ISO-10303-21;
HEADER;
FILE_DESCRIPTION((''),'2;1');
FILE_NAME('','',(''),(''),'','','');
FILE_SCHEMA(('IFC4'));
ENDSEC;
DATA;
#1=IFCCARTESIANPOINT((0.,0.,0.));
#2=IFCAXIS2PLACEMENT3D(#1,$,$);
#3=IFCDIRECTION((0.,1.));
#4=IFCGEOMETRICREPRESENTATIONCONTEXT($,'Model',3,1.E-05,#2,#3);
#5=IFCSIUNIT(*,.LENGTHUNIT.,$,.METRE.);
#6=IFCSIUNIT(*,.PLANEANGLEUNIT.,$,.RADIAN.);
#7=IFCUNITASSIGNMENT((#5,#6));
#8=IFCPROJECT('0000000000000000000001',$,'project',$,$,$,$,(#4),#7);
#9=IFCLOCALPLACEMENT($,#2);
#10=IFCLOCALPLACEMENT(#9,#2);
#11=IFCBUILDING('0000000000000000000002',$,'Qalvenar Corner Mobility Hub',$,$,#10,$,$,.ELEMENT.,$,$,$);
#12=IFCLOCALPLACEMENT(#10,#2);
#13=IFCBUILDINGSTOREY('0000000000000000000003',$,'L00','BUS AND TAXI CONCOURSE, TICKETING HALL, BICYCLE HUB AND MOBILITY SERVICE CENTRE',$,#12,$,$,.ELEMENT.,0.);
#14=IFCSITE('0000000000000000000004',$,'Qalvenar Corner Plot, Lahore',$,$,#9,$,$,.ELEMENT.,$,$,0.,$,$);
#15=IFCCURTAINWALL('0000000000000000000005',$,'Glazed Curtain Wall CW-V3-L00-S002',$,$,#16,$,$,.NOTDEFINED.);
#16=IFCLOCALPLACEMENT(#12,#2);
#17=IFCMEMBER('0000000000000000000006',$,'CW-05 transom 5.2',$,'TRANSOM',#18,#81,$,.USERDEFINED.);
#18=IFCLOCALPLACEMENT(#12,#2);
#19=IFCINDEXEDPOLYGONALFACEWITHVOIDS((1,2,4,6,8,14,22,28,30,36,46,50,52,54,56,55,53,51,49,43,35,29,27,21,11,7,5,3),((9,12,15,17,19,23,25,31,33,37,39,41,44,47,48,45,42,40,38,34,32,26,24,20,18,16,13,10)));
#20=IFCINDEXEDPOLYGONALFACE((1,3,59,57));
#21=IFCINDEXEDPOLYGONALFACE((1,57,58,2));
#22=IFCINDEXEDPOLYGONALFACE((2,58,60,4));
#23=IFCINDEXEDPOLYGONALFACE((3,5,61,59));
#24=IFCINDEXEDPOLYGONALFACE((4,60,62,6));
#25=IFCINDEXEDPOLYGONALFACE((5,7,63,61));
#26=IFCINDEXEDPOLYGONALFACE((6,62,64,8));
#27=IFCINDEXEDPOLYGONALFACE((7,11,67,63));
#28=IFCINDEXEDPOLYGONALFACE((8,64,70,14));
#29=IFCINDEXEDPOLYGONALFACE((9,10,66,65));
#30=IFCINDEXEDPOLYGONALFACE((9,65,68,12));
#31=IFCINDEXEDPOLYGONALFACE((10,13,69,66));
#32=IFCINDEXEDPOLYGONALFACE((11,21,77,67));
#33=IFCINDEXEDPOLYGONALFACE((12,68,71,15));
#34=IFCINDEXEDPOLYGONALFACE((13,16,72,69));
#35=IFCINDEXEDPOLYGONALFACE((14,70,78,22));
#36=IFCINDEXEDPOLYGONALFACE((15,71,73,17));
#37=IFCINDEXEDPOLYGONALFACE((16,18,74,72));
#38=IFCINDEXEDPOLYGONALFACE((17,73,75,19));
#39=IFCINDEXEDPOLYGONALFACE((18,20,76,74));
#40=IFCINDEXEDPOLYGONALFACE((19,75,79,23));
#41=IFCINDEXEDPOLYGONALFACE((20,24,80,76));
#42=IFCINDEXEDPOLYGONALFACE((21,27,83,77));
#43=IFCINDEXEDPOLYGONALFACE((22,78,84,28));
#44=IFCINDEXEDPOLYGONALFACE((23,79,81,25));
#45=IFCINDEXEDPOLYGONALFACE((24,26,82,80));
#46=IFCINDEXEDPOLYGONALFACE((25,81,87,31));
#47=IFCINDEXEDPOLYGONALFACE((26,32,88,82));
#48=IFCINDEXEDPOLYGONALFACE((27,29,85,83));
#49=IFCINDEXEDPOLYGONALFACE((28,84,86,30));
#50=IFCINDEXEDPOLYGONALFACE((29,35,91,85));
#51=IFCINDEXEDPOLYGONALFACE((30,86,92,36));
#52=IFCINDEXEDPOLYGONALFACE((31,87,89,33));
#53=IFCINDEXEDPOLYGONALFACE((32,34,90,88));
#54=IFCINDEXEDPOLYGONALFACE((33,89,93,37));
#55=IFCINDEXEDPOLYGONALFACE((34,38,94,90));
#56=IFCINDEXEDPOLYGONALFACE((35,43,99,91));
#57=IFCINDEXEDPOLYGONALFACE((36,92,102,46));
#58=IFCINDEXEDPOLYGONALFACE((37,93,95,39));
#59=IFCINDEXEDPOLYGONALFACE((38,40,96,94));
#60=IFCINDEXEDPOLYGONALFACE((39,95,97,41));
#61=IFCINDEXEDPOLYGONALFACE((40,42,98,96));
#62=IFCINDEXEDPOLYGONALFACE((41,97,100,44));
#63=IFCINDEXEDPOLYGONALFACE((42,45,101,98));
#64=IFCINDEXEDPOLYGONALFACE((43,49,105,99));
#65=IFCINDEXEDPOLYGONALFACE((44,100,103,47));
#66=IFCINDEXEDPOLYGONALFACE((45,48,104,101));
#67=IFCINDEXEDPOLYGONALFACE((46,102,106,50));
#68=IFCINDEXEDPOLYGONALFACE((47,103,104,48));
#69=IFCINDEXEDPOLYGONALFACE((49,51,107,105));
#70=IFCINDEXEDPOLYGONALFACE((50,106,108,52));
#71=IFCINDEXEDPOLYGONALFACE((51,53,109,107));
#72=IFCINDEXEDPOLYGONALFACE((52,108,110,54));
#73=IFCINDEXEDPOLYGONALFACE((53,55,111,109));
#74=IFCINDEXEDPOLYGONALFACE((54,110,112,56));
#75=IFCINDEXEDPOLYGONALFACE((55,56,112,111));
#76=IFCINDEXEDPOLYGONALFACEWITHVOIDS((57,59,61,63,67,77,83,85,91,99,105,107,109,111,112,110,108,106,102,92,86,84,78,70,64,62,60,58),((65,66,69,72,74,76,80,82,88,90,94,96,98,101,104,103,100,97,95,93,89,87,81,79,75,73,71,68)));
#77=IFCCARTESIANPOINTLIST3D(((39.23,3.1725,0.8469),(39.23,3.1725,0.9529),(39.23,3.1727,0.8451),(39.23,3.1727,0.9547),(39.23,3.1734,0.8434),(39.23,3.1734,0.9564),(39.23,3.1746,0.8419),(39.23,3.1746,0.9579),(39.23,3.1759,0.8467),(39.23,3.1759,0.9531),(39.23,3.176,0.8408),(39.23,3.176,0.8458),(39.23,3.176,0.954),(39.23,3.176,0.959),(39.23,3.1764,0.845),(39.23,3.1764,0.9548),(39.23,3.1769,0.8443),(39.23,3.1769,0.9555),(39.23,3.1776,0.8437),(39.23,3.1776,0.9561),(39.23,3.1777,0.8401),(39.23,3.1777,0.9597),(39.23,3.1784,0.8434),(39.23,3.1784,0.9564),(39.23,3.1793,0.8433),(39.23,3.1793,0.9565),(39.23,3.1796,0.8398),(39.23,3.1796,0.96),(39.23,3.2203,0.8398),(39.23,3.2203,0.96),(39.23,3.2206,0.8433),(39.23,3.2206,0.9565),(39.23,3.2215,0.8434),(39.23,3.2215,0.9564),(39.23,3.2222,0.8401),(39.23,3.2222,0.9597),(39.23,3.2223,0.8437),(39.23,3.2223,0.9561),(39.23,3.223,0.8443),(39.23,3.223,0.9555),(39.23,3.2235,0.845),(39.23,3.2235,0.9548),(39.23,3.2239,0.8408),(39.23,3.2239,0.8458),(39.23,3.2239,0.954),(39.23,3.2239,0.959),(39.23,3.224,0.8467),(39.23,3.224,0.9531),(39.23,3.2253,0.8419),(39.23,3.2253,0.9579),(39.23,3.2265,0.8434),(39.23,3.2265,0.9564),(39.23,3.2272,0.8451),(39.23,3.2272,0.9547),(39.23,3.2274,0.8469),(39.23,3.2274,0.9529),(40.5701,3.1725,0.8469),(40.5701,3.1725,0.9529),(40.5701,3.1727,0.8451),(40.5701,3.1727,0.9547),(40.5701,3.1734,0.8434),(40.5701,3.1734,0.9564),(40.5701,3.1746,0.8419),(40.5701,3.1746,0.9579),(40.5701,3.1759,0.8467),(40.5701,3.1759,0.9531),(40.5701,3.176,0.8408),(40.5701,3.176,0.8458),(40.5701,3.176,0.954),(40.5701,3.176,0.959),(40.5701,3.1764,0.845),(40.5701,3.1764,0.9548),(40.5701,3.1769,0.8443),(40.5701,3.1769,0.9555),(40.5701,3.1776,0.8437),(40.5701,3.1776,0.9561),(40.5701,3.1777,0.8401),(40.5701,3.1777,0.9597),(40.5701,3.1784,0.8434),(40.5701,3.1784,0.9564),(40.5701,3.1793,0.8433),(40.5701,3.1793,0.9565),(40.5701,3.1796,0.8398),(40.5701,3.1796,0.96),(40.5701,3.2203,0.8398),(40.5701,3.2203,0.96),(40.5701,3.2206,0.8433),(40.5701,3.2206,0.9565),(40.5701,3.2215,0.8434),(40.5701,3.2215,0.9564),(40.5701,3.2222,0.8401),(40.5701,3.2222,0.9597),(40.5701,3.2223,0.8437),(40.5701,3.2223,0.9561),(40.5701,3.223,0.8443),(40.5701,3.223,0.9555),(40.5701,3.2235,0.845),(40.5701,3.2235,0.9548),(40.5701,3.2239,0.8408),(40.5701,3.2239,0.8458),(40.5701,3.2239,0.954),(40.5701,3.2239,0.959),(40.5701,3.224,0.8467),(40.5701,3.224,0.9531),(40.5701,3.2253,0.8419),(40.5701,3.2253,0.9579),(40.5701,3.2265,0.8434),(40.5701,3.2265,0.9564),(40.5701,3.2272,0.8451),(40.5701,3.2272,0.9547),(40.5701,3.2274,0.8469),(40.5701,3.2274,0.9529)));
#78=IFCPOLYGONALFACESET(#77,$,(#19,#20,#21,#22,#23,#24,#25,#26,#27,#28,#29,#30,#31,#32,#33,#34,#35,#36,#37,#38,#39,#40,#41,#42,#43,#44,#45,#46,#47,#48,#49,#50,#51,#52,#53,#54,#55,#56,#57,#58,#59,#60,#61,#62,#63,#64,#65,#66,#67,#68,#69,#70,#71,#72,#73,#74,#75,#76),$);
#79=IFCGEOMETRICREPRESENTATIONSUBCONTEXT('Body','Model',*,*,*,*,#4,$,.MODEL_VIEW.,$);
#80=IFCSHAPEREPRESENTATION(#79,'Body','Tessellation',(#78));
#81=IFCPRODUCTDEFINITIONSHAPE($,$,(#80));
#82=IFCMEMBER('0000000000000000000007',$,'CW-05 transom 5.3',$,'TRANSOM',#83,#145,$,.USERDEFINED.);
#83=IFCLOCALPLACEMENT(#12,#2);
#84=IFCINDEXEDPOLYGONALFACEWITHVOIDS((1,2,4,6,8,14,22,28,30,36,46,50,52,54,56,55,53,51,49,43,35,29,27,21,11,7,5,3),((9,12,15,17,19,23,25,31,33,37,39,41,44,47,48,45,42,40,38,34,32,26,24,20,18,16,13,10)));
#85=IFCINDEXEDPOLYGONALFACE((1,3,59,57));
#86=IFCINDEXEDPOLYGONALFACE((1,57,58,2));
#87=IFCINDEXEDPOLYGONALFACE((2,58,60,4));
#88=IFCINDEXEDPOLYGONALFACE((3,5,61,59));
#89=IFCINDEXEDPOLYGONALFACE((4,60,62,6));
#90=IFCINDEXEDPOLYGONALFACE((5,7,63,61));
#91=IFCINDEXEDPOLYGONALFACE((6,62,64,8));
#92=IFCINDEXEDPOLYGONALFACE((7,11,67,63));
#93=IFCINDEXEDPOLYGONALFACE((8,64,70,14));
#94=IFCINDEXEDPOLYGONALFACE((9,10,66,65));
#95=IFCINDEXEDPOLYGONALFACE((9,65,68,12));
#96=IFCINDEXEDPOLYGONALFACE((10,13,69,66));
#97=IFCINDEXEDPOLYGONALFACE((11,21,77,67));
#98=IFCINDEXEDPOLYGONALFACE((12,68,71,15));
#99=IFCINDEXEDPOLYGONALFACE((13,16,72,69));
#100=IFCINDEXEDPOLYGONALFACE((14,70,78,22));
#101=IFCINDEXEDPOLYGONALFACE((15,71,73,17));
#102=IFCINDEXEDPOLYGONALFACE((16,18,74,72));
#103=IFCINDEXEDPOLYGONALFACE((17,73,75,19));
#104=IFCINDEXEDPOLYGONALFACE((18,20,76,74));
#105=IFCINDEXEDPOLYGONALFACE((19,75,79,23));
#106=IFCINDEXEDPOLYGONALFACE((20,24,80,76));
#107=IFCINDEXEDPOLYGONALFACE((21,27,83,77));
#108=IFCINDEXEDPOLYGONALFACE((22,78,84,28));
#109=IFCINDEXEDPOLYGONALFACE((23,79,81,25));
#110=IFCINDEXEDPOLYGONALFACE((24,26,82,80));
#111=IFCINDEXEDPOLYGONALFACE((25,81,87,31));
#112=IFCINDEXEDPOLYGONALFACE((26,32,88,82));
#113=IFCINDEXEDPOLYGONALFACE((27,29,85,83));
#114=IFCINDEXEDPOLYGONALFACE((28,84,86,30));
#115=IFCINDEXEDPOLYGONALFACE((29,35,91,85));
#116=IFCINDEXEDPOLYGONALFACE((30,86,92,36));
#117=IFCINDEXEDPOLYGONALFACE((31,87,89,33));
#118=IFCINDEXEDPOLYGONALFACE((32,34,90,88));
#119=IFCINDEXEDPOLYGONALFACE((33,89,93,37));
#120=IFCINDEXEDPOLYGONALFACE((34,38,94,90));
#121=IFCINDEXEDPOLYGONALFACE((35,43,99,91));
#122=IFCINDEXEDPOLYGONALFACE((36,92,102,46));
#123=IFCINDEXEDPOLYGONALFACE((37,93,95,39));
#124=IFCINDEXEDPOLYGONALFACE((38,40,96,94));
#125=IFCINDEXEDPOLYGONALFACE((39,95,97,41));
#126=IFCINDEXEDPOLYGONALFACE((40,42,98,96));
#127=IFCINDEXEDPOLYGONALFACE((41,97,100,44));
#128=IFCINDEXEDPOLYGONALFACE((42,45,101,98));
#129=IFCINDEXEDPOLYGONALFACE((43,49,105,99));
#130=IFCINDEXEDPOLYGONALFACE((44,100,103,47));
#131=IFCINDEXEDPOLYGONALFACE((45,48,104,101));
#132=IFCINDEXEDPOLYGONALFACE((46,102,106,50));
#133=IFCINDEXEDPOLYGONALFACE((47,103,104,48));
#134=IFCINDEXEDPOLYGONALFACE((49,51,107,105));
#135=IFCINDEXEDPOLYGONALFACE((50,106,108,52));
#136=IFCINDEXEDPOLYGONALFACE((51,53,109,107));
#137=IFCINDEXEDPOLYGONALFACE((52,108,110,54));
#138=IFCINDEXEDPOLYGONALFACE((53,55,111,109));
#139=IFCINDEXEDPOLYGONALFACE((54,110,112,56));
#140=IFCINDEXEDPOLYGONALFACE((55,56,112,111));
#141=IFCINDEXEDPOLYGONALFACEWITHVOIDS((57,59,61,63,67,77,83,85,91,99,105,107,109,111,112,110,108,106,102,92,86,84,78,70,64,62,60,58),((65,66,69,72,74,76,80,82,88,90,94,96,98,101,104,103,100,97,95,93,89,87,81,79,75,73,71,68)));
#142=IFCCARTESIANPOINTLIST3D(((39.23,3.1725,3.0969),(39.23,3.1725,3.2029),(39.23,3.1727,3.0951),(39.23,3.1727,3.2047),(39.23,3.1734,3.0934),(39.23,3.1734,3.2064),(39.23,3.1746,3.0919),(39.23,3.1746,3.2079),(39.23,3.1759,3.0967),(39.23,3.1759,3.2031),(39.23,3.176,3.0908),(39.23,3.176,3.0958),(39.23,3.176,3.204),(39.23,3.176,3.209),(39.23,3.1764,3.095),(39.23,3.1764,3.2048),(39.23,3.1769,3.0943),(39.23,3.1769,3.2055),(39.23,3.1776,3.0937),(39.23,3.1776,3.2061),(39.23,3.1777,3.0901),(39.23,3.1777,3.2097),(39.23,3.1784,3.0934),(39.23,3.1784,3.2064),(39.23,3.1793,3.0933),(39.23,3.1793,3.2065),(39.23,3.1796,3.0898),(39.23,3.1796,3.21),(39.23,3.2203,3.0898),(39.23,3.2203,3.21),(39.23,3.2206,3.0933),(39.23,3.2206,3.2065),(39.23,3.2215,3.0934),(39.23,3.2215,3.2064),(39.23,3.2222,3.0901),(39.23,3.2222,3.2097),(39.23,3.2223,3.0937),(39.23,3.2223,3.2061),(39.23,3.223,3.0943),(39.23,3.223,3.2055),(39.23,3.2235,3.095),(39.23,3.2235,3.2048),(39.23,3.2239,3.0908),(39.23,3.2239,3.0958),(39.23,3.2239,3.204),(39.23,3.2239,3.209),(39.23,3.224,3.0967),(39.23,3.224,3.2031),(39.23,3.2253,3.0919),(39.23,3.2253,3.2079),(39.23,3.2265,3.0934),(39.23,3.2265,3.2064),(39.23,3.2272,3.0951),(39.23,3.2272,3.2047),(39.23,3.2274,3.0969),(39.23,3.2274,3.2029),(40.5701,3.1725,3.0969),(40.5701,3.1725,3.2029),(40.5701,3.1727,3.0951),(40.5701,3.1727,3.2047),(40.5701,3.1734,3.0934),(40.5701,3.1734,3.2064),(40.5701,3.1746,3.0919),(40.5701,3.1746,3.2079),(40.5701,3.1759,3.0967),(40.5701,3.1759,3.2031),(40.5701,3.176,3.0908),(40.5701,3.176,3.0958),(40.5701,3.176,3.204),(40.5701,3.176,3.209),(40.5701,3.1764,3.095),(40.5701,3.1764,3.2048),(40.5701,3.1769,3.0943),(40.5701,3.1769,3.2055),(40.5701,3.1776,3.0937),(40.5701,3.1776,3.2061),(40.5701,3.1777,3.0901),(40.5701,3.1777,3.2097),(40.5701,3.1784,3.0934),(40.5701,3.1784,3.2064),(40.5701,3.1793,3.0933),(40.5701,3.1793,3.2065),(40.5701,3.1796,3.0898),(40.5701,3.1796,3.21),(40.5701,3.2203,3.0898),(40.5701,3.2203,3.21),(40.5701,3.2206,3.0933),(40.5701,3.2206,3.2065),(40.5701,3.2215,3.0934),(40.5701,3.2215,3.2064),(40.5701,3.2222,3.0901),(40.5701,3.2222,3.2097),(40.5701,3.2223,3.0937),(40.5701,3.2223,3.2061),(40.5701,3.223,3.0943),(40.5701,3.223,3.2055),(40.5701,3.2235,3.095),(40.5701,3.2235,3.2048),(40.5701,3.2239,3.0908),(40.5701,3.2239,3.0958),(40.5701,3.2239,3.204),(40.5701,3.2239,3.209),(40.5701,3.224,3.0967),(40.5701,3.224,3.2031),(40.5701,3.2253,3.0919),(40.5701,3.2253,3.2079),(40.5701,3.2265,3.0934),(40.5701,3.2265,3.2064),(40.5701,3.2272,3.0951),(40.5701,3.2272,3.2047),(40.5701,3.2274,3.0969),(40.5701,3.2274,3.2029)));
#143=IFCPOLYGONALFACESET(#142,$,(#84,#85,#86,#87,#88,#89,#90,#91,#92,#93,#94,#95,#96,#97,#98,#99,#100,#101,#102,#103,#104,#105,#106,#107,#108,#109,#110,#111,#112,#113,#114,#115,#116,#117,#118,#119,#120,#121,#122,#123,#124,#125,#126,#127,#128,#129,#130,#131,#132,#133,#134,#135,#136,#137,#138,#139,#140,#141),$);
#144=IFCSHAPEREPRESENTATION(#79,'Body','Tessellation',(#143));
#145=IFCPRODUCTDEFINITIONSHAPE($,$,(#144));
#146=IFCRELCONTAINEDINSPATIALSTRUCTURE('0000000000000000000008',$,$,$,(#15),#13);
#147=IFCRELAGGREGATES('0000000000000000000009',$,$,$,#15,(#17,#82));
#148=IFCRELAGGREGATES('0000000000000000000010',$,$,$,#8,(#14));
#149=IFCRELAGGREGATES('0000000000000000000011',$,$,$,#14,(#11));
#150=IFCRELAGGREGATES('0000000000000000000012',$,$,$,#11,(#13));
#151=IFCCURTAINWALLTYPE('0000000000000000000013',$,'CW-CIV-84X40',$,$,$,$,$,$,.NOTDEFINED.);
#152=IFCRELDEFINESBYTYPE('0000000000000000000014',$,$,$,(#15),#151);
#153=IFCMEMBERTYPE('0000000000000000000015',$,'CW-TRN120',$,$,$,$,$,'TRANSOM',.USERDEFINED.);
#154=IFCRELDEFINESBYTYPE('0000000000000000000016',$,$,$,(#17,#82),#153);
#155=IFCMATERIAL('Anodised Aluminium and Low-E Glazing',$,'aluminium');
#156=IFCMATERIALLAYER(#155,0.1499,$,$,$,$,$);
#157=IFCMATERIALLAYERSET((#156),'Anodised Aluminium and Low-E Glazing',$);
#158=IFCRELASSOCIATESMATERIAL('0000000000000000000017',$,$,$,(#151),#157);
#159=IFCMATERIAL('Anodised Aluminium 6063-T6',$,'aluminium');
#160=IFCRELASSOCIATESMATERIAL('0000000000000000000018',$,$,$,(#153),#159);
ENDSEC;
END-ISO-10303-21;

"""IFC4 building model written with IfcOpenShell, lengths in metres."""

from ifc_helpers import new_model, si_unit, direction, frame, origin, origin_2d, place, context, subcontext, project, spatial, hollow_rectangle, extrude, material, layer, layer_set, material_profile, profile_set, type_object, element, aggregate, save


model = new_model("IFC4")

# Units and contexts
model_context = context("Model", 3, precision=1e-05, world=origin(), true_north=direction((0.0, 1.0)))
body_context = subcontext(model_context, "Body", "Model", "MODEL_VIEW")
ifc_project = project(units=[si_unit("LENGTHUNIT", "METRE"), si_unit("PLANEANGLEUNIT", "RADIAN")], contexts=[model_context])

# Site, building, storey
site_placement = place(None, origin())
site = spatial("IfcSite", under=ifc_project, at=site_placement, Name="Qalvenar Corner Plot, Lahore", CompositionType="ELEMENT", RefElevation=0.0)
building_placement = place(site_placement, origin())
building = spatial("IfcBuilding", under=site, at=building_placement, Name="Qalvenar Corner Mobility Hub", CompositionType="ELEMENT")
storey_placement = place(building_placement, origin())
storey = spatial("IfcBuildingStorey", under=building, at=storey_placement, Name="L00", Description="BUS AND TAXI CONCOURSE, TICKETING HALL, BICYCLE HUB AND MOBILITY SERVICE CENTRE", CompositionType="ELEMENT", Elevation=0.0)

# Curtain wall, members
ifc_material_1 = material(Name="Anodised Aluminium and Low-E Glazing", Category="aluminium")
ifc_layer_1 = layer(ifc_material_1, 0.1499)
ifc_layer_set_1 = layer_set([ifc_layer_1], Name="Anodised Aluminium and Low-E Glazing")
curtain_wall_type = type_object("IfcCurtainWallType", Name="CW-CIV-84X40", PredefinedType="NOTDEFINED", material=ifc_layer_set_1)
curtain_wall_placement = place(storey_placement, origin())
curtain_wall = element("IfcCurtainWall", 1, at=curtain_wall_placement, inside=storey, type_object=curtain_wall_type, Name="Glazed Curtain Wall CW-V3-L00-S002", PredefinedType="NOTDEFINED")
ifc_material_2 = material(Name="Anodised Aluminium 6063-T6", Category="aluminium")
ifc_material_profile_1 = material_profile(ifc_material_2, hollow_rectangle(XDim=0.0549, YDim=0.1201, WallThickness=0.0034, InnerFilletRadius=0.0034, OuterFilletRadius=0.0071, at=origin_2d()), Name="RHS120x55x3.5")
ifc_profile_set_1 = profile_set([ifc_material_profile_1], Name="Anodised Aluminium 6063-T6")
member_type_1 = type_object("IfcMemberType", Name="CW-TRN120", ElementType="TRANSOM", PredefinedType="USERDEFINED", material=ifc_profile_set_1)
member_1_placement = place(storey_placement, frame((39.23, 3.2, 0.8999), z_axis=(1.0, 0.0, 0.0), x_axis=(0.0, 1.0, 0.0)))
member_1 = element("IfcMember", 2, at=member_1_placement, type_object=member_type_1, Name="CW-05 transom 5.2", ObjectType="TRANSOM", PredefinedType="USERDEFINED", context=body_context, shape_type="SweptSolid", body=[
    extrude(hollow_rectangle(XDim=0.0549, YDim=0.1201, WallThickness=0.0034, InnerFilletRadius=0.0034, OuterFilletRadius=0.0071, at=origin_2d()), origin(), (0.0, 0.0, 1.0), 1.3401),
])
member_2_placement = place(storey_placement, frame((39.23, 3.2, 3.1499), z_axis=(1.0, 0.0, 0.0), x_axis=(0.0, 1.0, 0.0)))
member_2 = element("IfcMember", 3, at=member_2_placement, type_object=member_type_1, Name="CW-05 transom 5.3", ObjectType="TRANSOM", PredefinedType="USERDEFINED", context=body_context, shape_type="SweptSolid", body=[
    extrude(hollow_rectangle(XDim=0.0549, YDim=0.1201, WallThickness=0.0034, InnerFilletRadius=0.0034, OuterFilletRadius=0.0071, at=origin_2d()), origin(), (0.0, 0.0, 1.0), 1.3401),
])
aggregate(curtain_wall, [member_1, member_2])

save(model, "model.ifc")
